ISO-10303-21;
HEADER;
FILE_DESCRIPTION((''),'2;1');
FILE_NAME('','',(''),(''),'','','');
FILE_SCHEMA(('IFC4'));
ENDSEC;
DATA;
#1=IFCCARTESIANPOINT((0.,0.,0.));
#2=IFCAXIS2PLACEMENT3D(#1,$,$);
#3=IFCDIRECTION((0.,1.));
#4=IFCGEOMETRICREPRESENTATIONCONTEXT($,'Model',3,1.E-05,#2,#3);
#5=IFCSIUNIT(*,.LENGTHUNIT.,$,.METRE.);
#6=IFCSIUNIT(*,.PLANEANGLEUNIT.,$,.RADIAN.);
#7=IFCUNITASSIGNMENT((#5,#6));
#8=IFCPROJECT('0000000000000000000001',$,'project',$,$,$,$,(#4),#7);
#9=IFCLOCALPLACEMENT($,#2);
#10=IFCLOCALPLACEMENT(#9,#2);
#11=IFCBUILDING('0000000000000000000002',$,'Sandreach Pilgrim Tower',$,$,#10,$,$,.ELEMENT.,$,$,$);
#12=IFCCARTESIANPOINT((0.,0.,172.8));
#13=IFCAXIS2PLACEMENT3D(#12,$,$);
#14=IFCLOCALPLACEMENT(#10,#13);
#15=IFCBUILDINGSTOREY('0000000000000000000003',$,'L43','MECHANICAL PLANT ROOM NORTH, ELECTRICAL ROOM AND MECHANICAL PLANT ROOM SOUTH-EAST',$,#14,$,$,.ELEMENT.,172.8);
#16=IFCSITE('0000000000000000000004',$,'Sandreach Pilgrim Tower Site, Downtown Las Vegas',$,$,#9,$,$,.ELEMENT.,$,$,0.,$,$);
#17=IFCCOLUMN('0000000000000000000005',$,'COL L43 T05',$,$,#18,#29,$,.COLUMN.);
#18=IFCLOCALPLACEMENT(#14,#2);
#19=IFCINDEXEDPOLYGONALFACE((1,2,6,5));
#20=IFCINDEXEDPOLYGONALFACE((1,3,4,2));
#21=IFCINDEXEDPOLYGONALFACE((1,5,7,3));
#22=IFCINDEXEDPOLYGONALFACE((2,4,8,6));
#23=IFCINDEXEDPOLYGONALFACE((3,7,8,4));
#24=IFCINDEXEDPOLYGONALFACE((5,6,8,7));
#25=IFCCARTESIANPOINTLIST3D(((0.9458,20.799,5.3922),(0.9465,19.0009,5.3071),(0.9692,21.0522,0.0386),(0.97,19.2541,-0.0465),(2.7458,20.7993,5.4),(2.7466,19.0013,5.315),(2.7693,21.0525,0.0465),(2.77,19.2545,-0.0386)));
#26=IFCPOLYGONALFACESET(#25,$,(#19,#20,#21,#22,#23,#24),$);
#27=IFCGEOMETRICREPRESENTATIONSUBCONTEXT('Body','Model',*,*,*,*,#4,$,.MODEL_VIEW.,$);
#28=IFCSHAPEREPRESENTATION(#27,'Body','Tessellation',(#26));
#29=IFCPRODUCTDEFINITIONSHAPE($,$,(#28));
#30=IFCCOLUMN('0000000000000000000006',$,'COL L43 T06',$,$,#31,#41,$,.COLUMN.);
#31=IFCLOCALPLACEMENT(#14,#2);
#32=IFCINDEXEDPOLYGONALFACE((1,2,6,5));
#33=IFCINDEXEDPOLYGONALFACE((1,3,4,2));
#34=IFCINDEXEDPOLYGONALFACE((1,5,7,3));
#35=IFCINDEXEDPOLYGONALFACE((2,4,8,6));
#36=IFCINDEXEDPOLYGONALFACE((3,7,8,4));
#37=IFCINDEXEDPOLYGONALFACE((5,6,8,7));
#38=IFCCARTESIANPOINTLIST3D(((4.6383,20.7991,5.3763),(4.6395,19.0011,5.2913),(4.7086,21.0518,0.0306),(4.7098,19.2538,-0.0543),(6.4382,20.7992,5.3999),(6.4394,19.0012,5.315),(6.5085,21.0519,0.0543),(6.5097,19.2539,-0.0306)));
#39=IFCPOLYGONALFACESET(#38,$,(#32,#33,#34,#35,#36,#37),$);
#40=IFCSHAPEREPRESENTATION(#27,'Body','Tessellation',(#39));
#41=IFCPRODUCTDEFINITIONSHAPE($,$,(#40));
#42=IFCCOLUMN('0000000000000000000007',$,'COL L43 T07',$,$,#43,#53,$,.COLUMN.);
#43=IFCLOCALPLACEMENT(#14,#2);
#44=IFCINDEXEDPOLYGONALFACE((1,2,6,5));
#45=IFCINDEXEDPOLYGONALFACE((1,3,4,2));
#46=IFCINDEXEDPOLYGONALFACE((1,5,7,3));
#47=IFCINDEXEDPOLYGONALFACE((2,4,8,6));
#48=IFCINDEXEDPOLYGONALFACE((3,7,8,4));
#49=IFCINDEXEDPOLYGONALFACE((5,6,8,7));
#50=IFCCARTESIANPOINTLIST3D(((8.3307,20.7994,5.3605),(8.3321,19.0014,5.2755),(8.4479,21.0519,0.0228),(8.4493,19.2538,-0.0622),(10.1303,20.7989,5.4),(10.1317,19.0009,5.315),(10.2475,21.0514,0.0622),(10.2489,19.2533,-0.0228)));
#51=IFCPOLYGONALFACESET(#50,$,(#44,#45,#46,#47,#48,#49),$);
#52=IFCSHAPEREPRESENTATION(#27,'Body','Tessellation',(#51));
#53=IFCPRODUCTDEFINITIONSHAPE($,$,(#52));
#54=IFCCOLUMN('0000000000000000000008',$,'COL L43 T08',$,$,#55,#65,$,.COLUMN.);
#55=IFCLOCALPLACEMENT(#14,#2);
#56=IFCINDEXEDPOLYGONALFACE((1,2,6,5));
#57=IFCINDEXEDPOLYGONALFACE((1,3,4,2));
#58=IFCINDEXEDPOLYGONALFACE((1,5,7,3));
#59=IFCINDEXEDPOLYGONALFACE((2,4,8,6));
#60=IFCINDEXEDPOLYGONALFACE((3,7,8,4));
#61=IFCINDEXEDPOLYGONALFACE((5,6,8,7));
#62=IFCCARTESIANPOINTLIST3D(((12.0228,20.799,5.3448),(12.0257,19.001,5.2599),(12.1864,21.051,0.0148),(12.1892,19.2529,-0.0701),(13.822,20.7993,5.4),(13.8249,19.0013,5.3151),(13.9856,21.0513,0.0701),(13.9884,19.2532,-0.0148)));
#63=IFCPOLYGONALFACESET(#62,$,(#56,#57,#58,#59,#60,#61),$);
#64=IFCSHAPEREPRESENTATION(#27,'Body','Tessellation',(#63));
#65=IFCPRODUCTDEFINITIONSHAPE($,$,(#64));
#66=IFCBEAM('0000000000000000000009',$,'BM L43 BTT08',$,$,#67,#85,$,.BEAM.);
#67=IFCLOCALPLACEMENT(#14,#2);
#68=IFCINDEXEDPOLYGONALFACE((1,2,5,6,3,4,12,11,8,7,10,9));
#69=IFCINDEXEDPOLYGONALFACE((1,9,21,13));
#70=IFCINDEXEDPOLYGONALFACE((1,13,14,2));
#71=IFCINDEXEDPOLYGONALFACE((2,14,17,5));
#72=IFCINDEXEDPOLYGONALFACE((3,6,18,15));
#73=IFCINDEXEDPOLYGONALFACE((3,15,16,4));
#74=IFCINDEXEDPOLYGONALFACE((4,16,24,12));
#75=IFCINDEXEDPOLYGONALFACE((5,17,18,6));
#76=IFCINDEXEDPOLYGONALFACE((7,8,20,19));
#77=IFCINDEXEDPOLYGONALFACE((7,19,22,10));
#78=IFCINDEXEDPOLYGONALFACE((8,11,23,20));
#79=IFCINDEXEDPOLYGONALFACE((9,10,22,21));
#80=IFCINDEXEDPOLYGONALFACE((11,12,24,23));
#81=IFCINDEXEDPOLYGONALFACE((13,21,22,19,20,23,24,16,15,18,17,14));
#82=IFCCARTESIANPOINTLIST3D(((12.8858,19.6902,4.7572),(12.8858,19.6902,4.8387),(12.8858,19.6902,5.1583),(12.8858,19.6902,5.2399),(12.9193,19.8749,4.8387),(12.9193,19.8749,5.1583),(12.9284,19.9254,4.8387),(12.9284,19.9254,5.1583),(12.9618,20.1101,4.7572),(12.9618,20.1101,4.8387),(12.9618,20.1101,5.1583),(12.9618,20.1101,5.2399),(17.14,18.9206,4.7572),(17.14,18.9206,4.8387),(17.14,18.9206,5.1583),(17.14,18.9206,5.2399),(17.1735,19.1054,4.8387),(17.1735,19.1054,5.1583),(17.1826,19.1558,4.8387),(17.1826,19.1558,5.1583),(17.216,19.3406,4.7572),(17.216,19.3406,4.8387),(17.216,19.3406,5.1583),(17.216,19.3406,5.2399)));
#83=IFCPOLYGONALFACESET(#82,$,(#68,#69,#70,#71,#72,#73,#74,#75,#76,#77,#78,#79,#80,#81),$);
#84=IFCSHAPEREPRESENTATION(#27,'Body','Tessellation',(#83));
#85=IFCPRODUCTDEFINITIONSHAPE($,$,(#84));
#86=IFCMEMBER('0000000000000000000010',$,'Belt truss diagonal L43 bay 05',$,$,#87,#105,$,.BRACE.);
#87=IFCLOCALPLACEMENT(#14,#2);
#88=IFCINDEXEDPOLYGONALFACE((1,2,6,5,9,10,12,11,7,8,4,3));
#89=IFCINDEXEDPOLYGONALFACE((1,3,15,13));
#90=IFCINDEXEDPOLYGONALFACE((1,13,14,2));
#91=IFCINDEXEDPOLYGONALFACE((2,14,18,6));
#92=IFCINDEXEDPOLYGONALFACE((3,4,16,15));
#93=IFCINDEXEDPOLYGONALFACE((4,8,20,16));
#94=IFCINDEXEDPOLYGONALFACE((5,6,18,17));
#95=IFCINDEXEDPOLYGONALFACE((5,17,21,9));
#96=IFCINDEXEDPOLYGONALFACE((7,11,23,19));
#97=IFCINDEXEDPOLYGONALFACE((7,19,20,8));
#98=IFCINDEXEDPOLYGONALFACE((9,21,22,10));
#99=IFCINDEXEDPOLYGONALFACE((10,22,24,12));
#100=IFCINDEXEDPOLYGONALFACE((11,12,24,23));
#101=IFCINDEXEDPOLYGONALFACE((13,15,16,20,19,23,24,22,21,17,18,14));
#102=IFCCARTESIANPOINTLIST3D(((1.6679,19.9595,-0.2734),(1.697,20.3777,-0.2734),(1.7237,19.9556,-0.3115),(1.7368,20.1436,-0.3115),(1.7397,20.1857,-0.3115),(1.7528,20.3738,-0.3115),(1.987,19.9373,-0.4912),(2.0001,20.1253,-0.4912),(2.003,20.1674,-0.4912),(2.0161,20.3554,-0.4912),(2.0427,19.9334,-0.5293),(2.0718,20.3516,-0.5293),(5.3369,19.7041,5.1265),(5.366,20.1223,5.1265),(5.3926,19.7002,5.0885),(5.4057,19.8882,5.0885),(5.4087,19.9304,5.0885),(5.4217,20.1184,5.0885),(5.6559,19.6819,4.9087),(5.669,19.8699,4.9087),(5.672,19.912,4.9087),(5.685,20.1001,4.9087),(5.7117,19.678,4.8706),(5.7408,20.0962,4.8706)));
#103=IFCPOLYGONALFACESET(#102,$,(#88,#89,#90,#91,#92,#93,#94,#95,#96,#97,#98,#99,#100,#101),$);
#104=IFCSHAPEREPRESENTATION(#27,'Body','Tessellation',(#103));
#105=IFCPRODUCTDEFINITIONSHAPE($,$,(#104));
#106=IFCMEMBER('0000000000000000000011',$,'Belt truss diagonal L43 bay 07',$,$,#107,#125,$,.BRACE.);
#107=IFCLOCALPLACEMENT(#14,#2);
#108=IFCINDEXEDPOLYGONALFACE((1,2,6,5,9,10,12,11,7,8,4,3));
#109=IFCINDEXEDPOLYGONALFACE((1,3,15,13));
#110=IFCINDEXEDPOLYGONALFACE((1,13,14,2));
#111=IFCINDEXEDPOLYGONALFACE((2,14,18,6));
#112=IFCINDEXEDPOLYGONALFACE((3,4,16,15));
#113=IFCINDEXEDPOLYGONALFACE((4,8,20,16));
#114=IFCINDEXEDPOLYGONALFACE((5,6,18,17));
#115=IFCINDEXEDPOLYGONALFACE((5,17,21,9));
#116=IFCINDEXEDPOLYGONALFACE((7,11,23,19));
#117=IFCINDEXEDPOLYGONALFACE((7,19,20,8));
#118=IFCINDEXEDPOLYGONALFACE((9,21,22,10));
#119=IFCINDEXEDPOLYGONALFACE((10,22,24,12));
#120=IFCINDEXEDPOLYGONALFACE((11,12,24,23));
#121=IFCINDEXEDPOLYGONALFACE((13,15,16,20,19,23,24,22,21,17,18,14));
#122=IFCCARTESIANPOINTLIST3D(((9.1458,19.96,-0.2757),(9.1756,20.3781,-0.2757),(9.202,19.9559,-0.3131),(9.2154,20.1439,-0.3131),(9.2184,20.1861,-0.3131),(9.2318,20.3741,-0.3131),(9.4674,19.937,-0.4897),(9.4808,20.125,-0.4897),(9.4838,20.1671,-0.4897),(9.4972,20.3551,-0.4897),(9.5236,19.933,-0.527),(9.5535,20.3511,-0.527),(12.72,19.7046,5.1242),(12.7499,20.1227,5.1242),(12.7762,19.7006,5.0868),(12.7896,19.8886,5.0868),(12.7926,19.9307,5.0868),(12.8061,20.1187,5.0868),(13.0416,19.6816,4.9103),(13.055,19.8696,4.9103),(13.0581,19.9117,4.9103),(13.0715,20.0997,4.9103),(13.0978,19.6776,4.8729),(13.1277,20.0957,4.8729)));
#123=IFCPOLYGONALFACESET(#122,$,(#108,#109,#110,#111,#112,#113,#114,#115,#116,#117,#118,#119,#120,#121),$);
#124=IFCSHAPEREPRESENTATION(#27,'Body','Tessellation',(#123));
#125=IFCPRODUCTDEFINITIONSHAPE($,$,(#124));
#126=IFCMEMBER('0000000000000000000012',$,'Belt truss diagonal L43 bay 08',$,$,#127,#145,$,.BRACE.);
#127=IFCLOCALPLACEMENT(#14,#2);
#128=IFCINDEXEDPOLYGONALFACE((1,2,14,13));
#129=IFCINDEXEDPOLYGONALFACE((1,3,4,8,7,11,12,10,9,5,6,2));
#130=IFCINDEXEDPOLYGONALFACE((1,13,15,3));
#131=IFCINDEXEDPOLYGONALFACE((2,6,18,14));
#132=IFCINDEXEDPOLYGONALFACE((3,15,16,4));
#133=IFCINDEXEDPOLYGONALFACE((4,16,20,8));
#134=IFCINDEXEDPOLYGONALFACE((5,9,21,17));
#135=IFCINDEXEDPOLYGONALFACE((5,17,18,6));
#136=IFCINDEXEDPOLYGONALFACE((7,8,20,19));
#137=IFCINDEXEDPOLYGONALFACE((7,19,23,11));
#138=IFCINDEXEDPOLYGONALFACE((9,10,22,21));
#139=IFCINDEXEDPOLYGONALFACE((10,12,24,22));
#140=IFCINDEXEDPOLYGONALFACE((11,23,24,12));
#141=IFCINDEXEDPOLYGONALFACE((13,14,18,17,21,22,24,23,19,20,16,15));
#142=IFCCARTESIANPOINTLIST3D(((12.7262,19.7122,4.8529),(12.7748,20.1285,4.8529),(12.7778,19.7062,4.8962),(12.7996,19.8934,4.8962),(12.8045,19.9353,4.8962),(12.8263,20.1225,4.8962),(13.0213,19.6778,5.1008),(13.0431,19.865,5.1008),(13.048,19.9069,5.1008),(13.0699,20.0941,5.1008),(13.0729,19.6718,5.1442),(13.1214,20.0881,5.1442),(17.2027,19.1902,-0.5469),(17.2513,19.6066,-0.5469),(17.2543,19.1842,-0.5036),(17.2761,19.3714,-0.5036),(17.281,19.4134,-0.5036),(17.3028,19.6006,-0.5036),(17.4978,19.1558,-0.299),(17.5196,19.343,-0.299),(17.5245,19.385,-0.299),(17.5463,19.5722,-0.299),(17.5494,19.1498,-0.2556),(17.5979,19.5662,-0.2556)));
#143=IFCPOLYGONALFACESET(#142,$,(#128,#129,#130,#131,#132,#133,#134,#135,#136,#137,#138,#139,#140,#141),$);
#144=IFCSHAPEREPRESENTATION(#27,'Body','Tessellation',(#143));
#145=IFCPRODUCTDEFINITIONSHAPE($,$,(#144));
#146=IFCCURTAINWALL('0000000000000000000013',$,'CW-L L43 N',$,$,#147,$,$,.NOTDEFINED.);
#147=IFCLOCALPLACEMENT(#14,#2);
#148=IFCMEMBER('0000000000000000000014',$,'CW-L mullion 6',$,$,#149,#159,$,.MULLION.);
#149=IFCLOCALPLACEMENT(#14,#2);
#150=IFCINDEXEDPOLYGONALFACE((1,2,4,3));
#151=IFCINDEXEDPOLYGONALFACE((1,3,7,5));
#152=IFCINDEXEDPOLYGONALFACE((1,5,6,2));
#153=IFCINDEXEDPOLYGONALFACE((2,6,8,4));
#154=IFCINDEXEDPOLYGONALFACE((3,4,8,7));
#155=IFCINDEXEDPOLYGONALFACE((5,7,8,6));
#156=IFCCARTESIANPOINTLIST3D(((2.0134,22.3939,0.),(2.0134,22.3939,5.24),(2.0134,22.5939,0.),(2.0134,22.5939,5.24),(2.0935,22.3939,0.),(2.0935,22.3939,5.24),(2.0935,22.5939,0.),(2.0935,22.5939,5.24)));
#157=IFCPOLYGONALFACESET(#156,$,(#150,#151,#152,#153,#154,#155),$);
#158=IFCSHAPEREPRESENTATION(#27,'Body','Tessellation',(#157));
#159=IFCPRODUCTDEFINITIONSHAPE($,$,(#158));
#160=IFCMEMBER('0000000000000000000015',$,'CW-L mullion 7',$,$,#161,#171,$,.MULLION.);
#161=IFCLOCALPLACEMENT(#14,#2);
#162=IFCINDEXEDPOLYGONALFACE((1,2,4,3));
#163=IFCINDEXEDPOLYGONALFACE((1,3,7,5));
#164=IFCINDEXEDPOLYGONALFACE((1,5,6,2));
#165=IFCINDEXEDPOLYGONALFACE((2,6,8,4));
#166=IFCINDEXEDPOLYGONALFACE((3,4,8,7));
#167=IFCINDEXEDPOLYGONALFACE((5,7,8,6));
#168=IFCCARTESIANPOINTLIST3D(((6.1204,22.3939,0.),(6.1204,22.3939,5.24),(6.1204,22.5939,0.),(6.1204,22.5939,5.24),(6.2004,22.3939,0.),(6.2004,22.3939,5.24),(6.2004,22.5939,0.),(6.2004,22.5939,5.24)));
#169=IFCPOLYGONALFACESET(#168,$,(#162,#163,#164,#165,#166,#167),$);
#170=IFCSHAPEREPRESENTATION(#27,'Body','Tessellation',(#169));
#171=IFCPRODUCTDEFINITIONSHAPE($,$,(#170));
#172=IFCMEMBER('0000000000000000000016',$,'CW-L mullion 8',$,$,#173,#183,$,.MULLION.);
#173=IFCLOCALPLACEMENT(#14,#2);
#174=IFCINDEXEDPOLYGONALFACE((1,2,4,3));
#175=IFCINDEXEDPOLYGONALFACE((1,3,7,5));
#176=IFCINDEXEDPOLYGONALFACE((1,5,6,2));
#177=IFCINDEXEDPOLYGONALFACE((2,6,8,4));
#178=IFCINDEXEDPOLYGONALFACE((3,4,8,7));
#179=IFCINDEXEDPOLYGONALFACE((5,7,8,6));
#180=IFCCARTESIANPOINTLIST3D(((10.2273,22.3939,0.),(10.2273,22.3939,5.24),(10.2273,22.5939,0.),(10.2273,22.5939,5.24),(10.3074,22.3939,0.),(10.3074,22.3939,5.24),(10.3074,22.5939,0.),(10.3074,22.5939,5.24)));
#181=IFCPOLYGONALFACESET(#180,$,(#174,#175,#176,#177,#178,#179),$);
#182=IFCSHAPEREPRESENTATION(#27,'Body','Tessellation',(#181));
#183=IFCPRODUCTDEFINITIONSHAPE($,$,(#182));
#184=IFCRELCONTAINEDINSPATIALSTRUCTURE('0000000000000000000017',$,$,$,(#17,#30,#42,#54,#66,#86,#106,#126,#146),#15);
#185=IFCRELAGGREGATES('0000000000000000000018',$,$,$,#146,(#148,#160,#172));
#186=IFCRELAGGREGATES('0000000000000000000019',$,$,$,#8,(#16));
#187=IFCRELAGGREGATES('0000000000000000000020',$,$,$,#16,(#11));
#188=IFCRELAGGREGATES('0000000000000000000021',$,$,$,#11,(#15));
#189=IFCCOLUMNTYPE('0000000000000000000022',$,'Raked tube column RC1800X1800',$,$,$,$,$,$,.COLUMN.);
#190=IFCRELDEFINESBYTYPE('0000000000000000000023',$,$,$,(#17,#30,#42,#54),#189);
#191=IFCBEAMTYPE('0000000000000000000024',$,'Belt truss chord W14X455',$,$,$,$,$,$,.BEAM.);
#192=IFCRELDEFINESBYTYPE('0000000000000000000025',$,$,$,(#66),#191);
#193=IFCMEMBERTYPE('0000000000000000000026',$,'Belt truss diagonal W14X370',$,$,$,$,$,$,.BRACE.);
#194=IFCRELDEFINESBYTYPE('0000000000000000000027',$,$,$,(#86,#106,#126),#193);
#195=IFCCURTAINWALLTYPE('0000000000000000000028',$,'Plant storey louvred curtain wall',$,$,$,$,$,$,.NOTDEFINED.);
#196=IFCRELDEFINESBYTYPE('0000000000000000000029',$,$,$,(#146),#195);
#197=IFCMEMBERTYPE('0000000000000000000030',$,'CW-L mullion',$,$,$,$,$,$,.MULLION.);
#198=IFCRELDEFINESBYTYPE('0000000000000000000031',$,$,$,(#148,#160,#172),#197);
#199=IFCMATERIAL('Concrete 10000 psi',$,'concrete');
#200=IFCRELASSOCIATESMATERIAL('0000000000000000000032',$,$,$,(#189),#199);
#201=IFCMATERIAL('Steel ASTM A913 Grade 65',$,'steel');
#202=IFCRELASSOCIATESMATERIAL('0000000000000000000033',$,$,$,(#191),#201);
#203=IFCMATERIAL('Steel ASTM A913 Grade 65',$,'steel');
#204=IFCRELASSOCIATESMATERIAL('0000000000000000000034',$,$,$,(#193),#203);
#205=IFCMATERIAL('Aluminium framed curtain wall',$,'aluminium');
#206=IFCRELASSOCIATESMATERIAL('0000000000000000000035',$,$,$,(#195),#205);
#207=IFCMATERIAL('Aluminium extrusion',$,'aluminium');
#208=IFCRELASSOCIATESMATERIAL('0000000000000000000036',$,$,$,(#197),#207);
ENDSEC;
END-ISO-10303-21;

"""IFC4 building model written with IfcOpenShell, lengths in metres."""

from ifc_helpers import new_model, si_unit, direction, frame, origin, origin_2d, place, context, subcontext, project, spatial, rectangle, i_section, extrude, material, material_profile, profile_set, type_object, element, aggregate, save


model = new_model("IFC4")

# Units and contexts
model_context = context("Model", 3, precision=1e-05, world=origin(), true_north=direction((0.0, 1.0)))
body_context = subcontext(model_context, "Body", "Model", "MODEL_VIEW")
ifc_project = project(units=[si_unit("LENGTHUNIT", "METRE"), si_unit("PLANEANGLEUNIT", "RADIAN")], contexts=[model_context])

# Site, building, storey
site_placement = place(None, origin())
site = spatial("IfcSite", under=ifc_project, at=site_placement, Name="Sandreach Pilgrim Tower Site, Downtown Las Vegas", CompositionType="ELEMENT", RefElevation=0.0)
building_placement = place(site_placement, origin())
building = spatial("IfcBuilding", under=site, at=building_placement, Name="Sandreach Pilgrim Tower", CompositionType="ELEMENT")
storey_placement = place(building_placement, frame((0.0, 0.0, 172.8)))
storey = spatial("IfcBuildingStorey", under=building, at=storey_placement, Name="L43", Description="MECHANICAL PLANT ROOM NORTH, ELECTRICAL ROOM AND MECHANICAL PLANT ROOM SOUTH-EAST", CompositionType="ELEMENT", Elevation=172.8)

# Columns
ifc_material_1 = material(Name="Concrete 10000 psi", Category="concrete")
ifc_material_profile_1 = material_profile(ifc_material_1, rectangle(XDim=1.8, YDim=1.8, at=origin_2d()), Name="RC1800X1800")
ifc_profile_set_1 = profile_set([ifc_material_profile_1], Name="Concrete 10000 psi")
column_type = type_object("IfcColumnType", Name="Raked tube column RC1800X1800", PredefinedType="COLUMN", material=ifc_profile_set_1)
column_1_placement = place(storey_placement, frame((1.8696, 20.1533, 0.0), z_axis=(-0.004373, -0.047238, 0.998874), x_axis=(-0.000406, 0.998884, 0.047237)))
element("IfcColumn", 1, at=column_1_placement, inside=storey, type_object=column_type, Name="COL L43 T05", PredefinedType="COLUMN", context=body_context, shape_type="SweptSolid", body=[
    extrude(rectangle(XDim=1.8, YDim=1.8, at=origin_2d()), origin(), (0.0, 0.0, 1.0), 5.3596),
])
column_2_placement = place(storey_placement, frame((5.6091, 20.1528, 0.0), z_axis=(-0.013137, -0.047212, 0.998798), x_axis=(-0.000683, 0.998885, 0.047207)))
element("IfcColumn", 2, at=column_2_placement, inside=storey, type_object=column_type, Name="COL L43 T06", PredefinedType="COLUMN", context=body_context, shape_type="SweptSolid", body=[
    extrude(rectangle(XDim=1.8, YDim=1.8, at=origin_2d()), origin(), (0.0, 0.0, 1.0), 5.3521),
])
column_3_placement = place(storey_placement, frame((9.3484, 20.1526, 0.0), z_axis=(-0.021925, -0.04723, 0.998643), x_axis=(-0.000758, 0.998884, 0.047225)))
element("IfcColumn", 3, at=column_3_placement, inside=storey, type_object=column_type, Name="COL L43 T07", PredefinedType="COLUMN", context=body_context, shape_type="SweptSolid", body=[
    extrude(rectangle(XDim=1.8, YDim=1.8, at=origin_2d()), origin(), (0.0, 0.0, 1.0), 5.345),
])
column_4_placement = place(storey_placement, frame((13.0874, 20.1521, 0.0), z_axis=(-0.030642, -0.047197, 0.998415), x_axis=(-0.001592, 0.998886, 0.047171)))
element("IfcColumn", 4, at=column_4_placement, inside=storey, type_object=column_type, Name="COL L43 T08", PredefinedType="COLUMN", context=body_context, shape_type="SweptSolid", body=[
    extrude(rectangle(XDim=1.8, YDim=1.8, at=origin_2d()), origin(), (0.0, 0.0, 1.0), 5.3384),
])

# Beam
ifc_material_2 = material(Name="Steel ASTM A913 Grade 65", Category="steel")
ifc_material_profile_2 = material_profile(ifc_material_2, i_section(OverallWidth=0.4268, OverallDepth=0.4827, WebThickness=0.0513, FlangeThickness=0.0815, at=origin_2d()), Name="W14X455")
ifc_profile_set_2 = profile_set([ifc_material_profile_2], Name="Steel ASTM A913 Grade 65")
beam_type_1 = type_object("IfcBeamType", Name="Belt truss chord W14X455", PredefinedType="BEAM", material=ifc_profile_set_2)
beam_1_placement = place(storey_placement, frame((12.9238, 19.9001, 4.9985), z_axis=(0.98403, -0.178001, 0.0), x_axis=(0.178001, 0.98403, 0.0)))
element("IfcBeam", 5, at=beam_1_placement, inside=storey, type_object=beam_type_1, Name="BM L43 BTT08", PredefinedType="BEAM", context=body_context, shape_type="SweptSolid", body=[
    extrude(i_section(OverallWidth=0.4268, OverallDepth=0.4827, WebThickness=0.0513, FlangeThickness=0.0815, at=origin_2d()), origin(), (0.0, 0.0, 1.0), 4.3232),
])

# Members
ifc_material_3 = material(Name="Steel ASTM A913 Grade 65", Category="steel")
ifc_material_profile_3 = material_profile(ifc_material_3, i_section(OverallWidth=0.4192, OverallDepth=0.4546, WebThickness=0.0422, FlangeThickness=0.0676, at=origin_2d()), Name="W14X370")
ifc_profile_set_3 = profile_set([ifc_material_profile_3], Name="Steel ASTM A913 Grade 65")
member_type_1 = type_object("IfcMemberType", Name="Belt truss diagonal W14X370", PredefinedType="BRACE", material=ifc_profile_set_3)
member_1_placement = place(storey_placement, frame((1.8699, 20.1555, -0.4014), z_axis=(0.561568, -0.039087, 0.826507), x_axis=(0.069435, 0.997586, 0.0)))
element("IfcMember", 6, at=member_1_placement, inside=storey, type_object=member_type_1, Name="Belt truss diagonal L43 bay 05", PredefinedType="BRACE", context=body_context, shape_type="SweptSolid", body=[
    extrude(i_section(OverallWidth=0.4192, OverallDepth=0.4546, WebThickness=0.0422, FlangeThickness=0.0676, at=origin_2d()), origin(), (0.0, 0.0, 1.0), 6.5334),
])
member_2_placement = place(storey_placement, frame((9.3496, 20.1555, -0.4014), z_axis=(0.551519, -0.039405, 0.833231), x_axis=(0.071266, 0.997457, 0.0)))
element("IfcMember", 7, at=member_2_placement, inside=storey, type_object=member_type_1, Name="Belt truss diagonal L43 bay 07", PredefinedType="BRACE", context=body_context, shape_type="SweptSolid", body=[
    extrude(i_section(OverallWidth=0.4192, OverallDepth=0.4546, WebThickness=0.0422, FlangeThickness=0.0676, at=origin_2d()), origin(), (0.0, 0.0, 1.0), 6.4807),
])
member_3_placement = place(storey_placement, frame((12.9238, 19.9001, 4.9985), z_axis=(0.636457, -0.074212, -0.767734), x_axis=(0.115817, 0.993271, 0.0)))
element("IfcMember", 8, at=member_3_placement, inside=storey, type_object=member_type_1, Name="Belt truss diagonal L43 bay 08", PredefinedType="BRACE", context=body_context, shape_type="SweptSolid", body=[
    extrude(i_section(OverallWidth=0.4192, OverallDepth=0.4546, WebThickness=0.0422, FlangeThickness=0.0676, at=origin_2d()), origin(), (0.0, 0.0, 1.0), 7.0334),
])

# Curtain wall, members
ifc_material_4 = material(Name="Aluminium framed curtain wall", Category="aluminium")
curtain_wall_type = type_object("IfcCurtainWallType", Name="Plant storey louvred curtain wall", PredefinedType="NOTDEFINED", material=ifc_material_4)
curtain_wall_placement = place(storey_placement, origin())
curtain_wall = element("IfcCurtainWall", 9, at=curtain_wall_placement, inside=storey, type_object=curtain_wall_type, Name="CW-L L43 N", PredefinedType="NOTDEFINED")
ifc_material_5 = material(Name="Aluminium extrusion", Category="aluminium")
ifc_material_profile_4 = material_profile(ifc_material_5, rectangle(XDim=0.0801, YDim=0.2, at=origin_2d()), Name="CW-LM 80X200")
ifc_profile_set_4 = profile_set([ifc_material_profile_4], Name="Aluminium extrusion")
member_type_2 = type_object("IfcMemberType", Name="CW-L mullion", PredefinedType="MULLION", material=ifc_profile_set_4)
member_4_placement = place(storey_placement, frame((2.0535, 22.4939, 0.0), z_axis=(0.0, 0.0, 1.0), x_axis=(1.0, 0.0, 0.0)))
member_4 = element("IfcMember", 10, at=member_4_placement, type_object=member_type_2, Name="CW-L mullion 6", PredefinedType="MULLION", context=body_context, shape_type="SweptSolid", body=[
    extrude(rectangle(XDim=0.0801, YDim=0.2, at=origin_2d()), origin(), (0.0, 0.0, 1.0), 5.24),
])
member_5_placement = place(storey_placement, frame((6.1604, 22.4939, 0.0), z_axis=(0.0, 0.0, 1.0), x_axis=(1.0, 0.0, 0.0)))
member_5 = element("IfcMember", 11, at=member_5_placement, type_object=member_type_2, Name="CW-L mullion 7", PredefinedType="MULLION", context=body_context, shape_type="SweptSolid", body=[
    extrude(rectangle(XDim=0.0801, YDim=0.2, at=origin_2d()), origin(), (0.0, 0.0, 1.0), 5.24),
])
member_6_placement = place(storey_placement, frame((10.2673, 22.4939, 0.0), z_axis=(0.0, 0.0, 1.0), x_axis=(1.0, 0.0, 0.0)))
member_6 = element("IfcMember", 12, at=member_6_placement, type_object=member_type_2, Name="CW-L mullion 8", PredefinedType="MULLION", context=body_context, shape_type="SweptSolid", body=[
    extrude(rectangle(XDim=0.0801, YDim=0.2, at=origin_2d()), origin(), (0.0, 0.0, 1.0), 5.24),
])

aggregate(curtain_wall, [member_4, member_5, member_6])

save(model, "model.ifc")
